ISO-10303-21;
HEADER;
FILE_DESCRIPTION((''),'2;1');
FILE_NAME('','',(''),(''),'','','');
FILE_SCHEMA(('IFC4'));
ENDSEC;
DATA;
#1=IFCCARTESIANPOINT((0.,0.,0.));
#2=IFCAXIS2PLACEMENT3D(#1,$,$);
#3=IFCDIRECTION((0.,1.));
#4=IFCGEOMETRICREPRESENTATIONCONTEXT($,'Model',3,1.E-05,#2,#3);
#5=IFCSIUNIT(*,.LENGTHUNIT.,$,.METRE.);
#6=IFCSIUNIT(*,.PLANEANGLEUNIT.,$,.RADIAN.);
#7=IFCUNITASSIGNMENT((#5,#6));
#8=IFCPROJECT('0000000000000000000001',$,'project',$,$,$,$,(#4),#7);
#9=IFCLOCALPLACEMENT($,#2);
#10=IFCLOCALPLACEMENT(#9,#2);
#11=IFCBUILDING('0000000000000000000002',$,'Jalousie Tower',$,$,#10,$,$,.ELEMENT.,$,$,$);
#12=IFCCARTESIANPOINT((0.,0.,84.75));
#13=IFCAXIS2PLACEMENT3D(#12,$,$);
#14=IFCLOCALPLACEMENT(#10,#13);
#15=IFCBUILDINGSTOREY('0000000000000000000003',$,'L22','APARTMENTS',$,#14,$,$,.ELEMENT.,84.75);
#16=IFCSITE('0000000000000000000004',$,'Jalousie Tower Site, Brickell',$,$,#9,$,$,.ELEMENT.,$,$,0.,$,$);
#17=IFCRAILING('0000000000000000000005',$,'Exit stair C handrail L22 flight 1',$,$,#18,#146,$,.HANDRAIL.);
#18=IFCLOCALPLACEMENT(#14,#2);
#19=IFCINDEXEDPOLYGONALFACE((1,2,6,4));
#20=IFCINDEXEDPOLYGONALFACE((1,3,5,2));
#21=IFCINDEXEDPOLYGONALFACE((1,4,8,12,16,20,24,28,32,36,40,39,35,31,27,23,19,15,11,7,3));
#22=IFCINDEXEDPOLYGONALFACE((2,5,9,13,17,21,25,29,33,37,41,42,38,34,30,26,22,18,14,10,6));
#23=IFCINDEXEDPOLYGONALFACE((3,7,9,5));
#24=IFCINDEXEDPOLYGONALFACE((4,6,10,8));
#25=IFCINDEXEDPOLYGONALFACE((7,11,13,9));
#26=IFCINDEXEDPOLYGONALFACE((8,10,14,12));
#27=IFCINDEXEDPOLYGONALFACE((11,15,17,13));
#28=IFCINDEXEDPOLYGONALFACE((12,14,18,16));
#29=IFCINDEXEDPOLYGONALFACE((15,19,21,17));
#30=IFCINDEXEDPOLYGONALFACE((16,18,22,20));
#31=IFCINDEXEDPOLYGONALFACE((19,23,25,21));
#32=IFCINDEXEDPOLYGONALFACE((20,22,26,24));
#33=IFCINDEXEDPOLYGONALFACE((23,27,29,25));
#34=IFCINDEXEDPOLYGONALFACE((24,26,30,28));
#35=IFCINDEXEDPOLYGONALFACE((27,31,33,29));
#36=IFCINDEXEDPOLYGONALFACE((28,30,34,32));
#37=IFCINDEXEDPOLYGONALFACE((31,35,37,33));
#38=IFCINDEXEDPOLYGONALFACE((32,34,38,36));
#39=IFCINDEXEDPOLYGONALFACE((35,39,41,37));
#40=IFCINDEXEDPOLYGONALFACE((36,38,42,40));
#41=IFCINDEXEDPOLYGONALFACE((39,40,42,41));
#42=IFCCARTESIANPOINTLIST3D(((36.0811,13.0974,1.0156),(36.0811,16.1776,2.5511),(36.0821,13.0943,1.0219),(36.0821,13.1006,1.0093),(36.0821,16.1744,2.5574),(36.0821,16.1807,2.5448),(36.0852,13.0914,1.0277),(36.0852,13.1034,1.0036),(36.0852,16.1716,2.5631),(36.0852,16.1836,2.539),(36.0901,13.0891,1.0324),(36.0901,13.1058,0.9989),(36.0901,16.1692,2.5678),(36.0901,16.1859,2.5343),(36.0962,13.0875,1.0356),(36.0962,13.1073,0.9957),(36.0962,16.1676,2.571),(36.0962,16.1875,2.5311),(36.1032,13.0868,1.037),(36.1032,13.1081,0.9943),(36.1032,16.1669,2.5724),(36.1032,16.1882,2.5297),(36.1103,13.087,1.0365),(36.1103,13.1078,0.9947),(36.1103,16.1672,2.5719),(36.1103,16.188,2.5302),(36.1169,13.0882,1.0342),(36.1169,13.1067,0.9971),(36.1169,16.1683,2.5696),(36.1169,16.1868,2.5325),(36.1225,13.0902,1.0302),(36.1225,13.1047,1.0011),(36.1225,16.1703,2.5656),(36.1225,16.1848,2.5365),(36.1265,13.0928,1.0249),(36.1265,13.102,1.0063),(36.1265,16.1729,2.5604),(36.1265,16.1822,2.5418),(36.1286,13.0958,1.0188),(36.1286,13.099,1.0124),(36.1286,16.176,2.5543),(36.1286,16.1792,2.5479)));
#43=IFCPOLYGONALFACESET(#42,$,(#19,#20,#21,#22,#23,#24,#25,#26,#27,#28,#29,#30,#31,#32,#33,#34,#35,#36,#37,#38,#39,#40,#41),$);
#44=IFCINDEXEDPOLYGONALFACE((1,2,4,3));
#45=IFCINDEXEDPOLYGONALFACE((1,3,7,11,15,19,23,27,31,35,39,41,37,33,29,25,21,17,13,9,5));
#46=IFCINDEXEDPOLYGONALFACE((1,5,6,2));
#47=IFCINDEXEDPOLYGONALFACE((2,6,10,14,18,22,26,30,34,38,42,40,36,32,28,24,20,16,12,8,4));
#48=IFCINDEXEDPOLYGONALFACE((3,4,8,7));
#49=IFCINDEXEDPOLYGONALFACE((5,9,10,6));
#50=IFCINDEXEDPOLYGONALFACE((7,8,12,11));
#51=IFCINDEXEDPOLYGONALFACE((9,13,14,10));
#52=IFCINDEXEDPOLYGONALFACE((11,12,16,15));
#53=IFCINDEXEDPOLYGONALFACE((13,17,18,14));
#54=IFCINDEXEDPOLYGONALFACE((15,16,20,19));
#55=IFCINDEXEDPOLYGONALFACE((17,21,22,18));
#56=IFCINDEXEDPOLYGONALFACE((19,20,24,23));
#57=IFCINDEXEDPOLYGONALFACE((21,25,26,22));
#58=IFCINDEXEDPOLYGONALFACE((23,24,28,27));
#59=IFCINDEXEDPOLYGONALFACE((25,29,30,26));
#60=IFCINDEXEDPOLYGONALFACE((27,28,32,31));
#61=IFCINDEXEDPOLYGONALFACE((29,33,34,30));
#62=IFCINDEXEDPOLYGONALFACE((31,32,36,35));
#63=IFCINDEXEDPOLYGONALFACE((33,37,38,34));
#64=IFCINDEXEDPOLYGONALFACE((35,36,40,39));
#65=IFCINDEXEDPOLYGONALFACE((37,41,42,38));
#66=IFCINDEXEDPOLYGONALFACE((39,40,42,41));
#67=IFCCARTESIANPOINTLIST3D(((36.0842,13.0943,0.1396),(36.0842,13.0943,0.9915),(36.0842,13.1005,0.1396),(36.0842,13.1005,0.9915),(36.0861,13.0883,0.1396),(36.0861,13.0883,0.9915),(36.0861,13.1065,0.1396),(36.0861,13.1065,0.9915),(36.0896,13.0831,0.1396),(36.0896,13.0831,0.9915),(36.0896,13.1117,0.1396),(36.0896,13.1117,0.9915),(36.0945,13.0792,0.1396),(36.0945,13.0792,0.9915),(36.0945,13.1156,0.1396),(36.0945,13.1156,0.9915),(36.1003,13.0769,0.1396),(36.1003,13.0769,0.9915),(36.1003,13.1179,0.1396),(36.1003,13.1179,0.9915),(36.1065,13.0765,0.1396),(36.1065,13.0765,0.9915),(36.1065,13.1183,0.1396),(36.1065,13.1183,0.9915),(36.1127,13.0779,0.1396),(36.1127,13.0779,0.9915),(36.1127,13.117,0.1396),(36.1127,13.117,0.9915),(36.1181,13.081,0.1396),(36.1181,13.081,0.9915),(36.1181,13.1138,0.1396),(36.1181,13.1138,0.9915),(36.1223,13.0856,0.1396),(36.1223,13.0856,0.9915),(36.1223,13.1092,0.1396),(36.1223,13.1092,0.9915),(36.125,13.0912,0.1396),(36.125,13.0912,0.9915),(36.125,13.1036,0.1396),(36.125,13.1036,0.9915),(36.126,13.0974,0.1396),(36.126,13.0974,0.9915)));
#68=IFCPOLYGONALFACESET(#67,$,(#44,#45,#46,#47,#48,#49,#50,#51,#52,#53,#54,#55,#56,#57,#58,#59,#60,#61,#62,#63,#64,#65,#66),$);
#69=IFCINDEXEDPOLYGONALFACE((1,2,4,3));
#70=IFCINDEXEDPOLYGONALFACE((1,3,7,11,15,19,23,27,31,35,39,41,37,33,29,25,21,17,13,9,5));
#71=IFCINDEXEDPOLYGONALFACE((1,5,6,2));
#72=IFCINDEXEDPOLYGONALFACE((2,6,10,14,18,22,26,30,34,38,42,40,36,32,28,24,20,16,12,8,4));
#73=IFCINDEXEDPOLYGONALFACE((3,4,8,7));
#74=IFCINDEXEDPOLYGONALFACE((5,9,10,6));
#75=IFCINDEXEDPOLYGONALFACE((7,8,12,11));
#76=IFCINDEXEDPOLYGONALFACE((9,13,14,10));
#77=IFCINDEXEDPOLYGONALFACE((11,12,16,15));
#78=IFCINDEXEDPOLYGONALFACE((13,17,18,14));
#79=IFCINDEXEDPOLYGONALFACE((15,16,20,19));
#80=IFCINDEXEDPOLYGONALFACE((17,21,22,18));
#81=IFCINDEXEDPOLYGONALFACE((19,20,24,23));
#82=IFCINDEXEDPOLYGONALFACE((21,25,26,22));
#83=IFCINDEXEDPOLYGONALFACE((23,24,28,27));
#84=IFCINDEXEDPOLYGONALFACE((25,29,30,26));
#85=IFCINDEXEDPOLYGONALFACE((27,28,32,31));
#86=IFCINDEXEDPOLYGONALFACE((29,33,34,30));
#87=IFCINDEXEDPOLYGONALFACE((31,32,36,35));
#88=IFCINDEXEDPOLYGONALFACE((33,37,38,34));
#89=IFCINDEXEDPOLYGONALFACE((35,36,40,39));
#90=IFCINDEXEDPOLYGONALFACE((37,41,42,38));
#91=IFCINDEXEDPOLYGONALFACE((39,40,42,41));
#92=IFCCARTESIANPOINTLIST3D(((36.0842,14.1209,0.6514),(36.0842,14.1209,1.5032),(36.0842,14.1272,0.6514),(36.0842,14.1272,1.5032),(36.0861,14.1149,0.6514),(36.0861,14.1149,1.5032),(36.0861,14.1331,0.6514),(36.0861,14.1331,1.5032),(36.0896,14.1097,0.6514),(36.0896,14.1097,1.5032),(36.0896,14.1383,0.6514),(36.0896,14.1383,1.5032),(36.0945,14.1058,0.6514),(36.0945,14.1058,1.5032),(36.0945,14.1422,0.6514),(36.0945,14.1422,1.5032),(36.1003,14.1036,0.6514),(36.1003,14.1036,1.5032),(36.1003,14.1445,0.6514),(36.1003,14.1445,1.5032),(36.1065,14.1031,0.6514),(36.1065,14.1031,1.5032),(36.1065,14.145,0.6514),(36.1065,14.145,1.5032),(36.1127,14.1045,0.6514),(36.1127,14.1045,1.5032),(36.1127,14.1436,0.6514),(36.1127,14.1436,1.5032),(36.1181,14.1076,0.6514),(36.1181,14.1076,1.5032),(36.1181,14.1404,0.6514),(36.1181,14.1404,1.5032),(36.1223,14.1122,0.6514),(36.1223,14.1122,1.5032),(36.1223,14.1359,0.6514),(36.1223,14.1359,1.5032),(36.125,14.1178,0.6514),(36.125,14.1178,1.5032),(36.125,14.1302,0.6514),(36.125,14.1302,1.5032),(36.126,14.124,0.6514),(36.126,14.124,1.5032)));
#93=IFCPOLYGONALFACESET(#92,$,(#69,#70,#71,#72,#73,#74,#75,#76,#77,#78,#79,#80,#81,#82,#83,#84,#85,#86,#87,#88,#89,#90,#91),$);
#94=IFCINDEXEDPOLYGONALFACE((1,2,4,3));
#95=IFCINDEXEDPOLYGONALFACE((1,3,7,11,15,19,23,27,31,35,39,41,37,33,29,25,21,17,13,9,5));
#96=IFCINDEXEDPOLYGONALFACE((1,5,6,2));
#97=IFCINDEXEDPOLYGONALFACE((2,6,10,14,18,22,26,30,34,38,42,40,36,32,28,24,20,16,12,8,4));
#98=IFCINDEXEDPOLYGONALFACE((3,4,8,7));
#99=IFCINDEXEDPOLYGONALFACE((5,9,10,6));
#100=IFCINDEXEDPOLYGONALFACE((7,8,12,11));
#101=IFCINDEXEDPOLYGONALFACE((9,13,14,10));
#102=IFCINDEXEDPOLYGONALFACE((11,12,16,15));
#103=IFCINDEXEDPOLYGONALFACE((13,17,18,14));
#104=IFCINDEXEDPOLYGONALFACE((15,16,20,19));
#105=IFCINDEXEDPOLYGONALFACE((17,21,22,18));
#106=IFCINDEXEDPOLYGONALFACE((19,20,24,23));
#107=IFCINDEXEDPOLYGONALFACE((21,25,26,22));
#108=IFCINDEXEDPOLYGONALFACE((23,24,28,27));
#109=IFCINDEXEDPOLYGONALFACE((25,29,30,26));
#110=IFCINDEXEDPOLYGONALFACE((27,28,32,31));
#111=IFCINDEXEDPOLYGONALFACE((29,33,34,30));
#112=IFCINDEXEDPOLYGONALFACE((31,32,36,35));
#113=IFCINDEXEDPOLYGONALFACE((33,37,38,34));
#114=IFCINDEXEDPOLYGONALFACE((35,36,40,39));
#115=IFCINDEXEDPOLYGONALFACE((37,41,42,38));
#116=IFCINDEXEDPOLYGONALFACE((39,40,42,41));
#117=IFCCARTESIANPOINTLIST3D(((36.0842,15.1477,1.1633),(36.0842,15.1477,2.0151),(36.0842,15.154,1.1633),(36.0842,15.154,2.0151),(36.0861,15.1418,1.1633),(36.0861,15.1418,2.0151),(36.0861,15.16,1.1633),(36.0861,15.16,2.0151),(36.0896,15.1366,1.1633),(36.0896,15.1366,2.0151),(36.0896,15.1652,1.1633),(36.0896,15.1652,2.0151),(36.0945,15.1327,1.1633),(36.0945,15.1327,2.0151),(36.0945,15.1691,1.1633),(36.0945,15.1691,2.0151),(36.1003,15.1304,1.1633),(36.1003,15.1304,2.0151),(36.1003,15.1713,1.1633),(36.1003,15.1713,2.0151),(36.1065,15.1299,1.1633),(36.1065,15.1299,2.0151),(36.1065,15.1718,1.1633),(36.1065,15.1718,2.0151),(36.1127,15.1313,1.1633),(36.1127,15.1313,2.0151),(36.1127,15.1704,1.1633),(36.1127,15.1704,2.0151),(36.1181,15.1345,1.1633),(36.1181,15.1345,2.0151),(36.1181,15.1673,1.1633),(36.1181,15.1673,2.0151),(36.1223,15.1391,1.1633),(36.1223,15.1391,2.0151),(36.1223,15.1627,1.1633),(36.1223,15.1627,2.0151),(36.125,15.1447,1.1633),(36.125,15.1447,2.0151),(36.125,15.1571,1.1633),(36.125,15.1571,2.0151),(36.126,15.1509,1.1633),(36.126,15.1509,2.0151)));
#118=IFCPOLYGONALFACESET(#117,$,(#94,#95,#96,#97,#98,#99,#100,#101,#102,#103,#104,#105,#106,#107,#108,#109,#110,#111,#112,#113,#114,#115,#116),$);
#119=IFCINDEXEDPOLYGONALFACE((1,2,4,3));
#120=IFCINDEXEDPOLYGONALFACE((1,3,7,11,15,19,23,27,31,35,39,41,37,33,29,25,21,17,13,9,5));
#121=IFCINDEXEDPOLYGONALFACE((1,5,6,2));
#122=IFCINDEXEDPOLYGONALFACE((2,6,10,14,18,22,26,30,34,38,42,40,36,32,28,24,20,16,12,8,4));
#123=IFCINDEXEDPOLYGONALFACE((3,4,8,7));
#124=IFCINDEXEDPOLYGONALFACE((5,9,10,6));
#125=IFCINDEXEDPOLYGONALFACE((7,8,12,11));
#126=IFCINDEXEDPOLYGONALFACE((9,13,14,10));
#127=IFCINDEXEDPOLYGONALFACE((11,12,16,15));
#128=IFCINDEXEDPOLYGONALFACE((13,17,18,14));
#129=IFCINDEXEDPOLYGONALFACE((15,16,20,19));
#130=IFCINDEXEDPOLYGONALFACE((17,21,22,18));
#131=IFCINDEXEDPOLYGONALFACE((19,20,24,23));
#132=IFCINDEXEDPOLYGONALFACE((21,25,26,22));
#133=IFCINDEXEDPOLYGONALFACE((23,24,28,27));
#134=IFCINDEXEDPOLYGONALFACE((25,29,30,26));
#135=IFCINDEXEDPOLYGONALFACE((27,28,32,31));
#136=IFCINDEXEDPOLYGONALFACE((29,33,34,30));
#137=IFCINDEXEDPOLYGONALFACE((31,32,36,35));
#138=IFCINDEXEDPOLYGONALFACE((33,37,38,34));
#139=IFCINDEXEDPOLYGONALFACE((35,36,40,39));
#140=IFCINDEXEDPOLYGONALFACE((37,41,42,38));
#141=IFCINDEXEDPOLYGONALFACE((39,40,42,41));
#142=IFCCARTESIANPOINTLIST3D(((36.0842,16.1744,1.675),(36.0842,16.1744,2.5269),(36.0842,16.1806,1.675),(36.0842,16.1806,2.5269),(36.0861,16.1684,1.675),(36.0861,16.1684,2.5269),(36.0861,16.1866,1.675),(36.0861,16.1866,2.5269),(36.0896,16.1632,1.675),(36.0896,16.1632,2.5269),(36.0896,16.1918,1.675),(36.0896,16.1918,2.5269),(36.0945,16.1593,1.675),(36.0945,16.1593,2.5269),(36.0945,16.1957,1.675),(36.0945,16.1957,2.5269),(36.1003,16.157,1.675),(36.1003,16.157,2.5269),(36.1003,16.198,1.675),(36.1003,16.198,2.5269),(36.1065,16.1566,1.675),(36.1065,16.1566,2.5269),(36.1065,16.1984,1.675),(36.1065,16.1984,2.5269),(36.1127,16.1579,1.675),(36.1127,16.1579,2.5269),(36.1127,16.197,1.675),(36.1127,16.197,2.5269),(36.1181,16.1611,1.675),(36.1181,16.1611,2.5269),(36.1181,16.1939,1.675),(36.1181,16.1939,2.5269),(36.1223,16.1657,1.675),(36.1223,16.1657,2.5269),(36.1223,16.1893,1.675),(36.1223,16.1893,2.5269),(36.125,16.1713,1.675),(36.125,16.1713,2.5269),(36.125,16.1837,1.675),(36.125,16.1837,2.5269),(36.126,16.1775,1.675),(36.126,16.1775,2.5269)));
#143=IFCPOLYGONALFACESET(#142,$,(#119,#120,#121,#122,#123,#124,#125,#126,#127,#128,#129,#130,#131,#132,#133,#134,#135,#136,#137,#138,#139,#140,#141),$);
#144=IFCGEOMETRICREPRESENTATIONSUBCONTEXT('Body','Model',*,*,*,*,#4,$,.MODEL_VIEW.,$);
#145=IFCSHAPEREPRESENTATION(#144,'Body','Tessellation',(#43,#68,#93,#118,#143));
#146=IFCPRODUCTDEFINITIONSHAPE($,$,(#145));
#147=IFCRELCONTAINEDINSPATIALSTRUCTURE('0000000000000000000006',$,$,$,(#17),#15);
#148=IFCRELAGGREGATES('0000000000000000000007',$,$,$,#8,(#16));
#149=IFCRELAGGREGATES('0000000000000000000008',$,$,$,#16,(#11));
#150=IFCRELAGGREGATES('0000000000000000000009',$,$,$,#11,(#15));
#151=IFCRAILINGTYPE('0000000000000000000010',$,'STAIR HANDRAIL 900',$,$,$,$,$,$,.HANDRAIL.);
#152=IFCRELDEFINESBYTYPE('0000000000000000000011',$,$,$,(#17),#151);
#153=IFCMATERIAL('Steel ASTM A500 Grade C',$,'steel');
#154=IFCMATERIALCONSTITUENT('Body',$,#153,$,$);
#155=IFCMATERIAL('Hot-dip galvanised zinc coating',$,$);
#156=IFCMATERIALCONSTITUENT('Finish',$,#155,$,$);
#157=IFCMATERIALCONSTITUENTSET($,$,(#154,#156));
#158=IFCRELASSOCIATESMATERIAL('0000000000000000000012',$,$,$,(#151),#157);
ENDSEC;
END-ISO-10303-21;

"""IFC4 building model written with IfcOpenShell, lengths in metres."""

from ifc_helpers import new_model, si_unit, direction, frame, origin, origin_2d, place, context, subcontext, project, spatial, circle, extrude, material, constituent, constituent_set, type_object, element, save


model = new_model("IFC4")

# Units and contexts
model_context = context("Model", 3, precision=1e-05, world=origin(), true_north=direction((0.0, 1.0)))
body_context = subcontext(model_context, "Body", "Model", "MODEL_VIEW")
ifc_project = project(units=[si_unit("LENGTHUNIT", "METRE"), si_unit("PLANEANGLEUNIT", "RADIAN")], contexts=[model_context])

# Site, building, storey
site_placement = place(None, origin())
site = spatial("IfcSite", under=ifc_project, at=site_placement, Name="Jalousie Tower Site, Brickell", CompositionType="ELEMENT", RefElevation=0.0)
building_placement = place(site_placement, origin())
building = spatial("IfcBuilding", under=site, at=building_placement, Name="Jalousie Tower", CompositionType="ELEMENT")
storey_placement = place(building_placement, frame((0.0, 0.0, 84.75)))
storey = spatial("IfcBuildingStorey", under=building, at=storey_placement, Name="L22", Description="APARTMENTS", CompositionType="ELEMENT", Elevation=84.75)

# Railing
ifc_material_1 = material(Name="Steel ASTM A500 Grade C", Category="steel")
ifc_constituent_1 = constituent(ifc_material_1, Name="Body")
ifc_material_2 = material(Name="Hot-dip galvanised zinc coating")
ifc_constituent_2 = constituent(ifc_material_2, Name="Finish")
ifc_constituent_set_1 = constituent_set(constituents=[ifc_constituent_1, ifc_constituent_2])
railing_type = type_object("IfcRailingType", Name="STAIR HANDRAIL 900", PredefinedType="HANDRAIL", material=ifc_constituent_set_1)
railing_placement = place(storey_placement, frame((36.105, 13.0974, 0.1396)))
element("IfcRailing", 1, at=railing_placement, inside=storey, type_object=railing_type, Name="Exit stair C handrail L22 flight 1", PredefinedType="HANDRAIL", context=body_context, shape_type="SweptSolid", body=[
    extrude(circle(Radius=0.0239, at=origin_2d()), frame((0.0, 0.0, 0.876), z_axis=(0.0, 0.894966, 0.446135), x_axis=(-1.0, 0.0, 0.0)), (0.0, 0.0, 1.0), 3.4417),
    extrude(circle(Radius=0.021, at=origin_2d()), origin(), (0.0, 0.0, 1.0), 0.8518),
    extrude(circle(Radius=0.021, at=origin_2d()), frame((0.0, 1.0266, 0.5117)), (0.0, 0.0, 1.0), 0.8518),
    extrude(circle(Radius=0.021, at=origin_2d()), frame((0.0, 2.0535, 1.0237)), (0.0, 0.0, 1.0), 0.8518),
    extrude(circle(Radius=0.021, at=origin_2d()), frame((0.0, 3.0801, 1.5354)), (0.0, 0.0, 1.0), 0.8518),
])

save(model, "model.ifc")
